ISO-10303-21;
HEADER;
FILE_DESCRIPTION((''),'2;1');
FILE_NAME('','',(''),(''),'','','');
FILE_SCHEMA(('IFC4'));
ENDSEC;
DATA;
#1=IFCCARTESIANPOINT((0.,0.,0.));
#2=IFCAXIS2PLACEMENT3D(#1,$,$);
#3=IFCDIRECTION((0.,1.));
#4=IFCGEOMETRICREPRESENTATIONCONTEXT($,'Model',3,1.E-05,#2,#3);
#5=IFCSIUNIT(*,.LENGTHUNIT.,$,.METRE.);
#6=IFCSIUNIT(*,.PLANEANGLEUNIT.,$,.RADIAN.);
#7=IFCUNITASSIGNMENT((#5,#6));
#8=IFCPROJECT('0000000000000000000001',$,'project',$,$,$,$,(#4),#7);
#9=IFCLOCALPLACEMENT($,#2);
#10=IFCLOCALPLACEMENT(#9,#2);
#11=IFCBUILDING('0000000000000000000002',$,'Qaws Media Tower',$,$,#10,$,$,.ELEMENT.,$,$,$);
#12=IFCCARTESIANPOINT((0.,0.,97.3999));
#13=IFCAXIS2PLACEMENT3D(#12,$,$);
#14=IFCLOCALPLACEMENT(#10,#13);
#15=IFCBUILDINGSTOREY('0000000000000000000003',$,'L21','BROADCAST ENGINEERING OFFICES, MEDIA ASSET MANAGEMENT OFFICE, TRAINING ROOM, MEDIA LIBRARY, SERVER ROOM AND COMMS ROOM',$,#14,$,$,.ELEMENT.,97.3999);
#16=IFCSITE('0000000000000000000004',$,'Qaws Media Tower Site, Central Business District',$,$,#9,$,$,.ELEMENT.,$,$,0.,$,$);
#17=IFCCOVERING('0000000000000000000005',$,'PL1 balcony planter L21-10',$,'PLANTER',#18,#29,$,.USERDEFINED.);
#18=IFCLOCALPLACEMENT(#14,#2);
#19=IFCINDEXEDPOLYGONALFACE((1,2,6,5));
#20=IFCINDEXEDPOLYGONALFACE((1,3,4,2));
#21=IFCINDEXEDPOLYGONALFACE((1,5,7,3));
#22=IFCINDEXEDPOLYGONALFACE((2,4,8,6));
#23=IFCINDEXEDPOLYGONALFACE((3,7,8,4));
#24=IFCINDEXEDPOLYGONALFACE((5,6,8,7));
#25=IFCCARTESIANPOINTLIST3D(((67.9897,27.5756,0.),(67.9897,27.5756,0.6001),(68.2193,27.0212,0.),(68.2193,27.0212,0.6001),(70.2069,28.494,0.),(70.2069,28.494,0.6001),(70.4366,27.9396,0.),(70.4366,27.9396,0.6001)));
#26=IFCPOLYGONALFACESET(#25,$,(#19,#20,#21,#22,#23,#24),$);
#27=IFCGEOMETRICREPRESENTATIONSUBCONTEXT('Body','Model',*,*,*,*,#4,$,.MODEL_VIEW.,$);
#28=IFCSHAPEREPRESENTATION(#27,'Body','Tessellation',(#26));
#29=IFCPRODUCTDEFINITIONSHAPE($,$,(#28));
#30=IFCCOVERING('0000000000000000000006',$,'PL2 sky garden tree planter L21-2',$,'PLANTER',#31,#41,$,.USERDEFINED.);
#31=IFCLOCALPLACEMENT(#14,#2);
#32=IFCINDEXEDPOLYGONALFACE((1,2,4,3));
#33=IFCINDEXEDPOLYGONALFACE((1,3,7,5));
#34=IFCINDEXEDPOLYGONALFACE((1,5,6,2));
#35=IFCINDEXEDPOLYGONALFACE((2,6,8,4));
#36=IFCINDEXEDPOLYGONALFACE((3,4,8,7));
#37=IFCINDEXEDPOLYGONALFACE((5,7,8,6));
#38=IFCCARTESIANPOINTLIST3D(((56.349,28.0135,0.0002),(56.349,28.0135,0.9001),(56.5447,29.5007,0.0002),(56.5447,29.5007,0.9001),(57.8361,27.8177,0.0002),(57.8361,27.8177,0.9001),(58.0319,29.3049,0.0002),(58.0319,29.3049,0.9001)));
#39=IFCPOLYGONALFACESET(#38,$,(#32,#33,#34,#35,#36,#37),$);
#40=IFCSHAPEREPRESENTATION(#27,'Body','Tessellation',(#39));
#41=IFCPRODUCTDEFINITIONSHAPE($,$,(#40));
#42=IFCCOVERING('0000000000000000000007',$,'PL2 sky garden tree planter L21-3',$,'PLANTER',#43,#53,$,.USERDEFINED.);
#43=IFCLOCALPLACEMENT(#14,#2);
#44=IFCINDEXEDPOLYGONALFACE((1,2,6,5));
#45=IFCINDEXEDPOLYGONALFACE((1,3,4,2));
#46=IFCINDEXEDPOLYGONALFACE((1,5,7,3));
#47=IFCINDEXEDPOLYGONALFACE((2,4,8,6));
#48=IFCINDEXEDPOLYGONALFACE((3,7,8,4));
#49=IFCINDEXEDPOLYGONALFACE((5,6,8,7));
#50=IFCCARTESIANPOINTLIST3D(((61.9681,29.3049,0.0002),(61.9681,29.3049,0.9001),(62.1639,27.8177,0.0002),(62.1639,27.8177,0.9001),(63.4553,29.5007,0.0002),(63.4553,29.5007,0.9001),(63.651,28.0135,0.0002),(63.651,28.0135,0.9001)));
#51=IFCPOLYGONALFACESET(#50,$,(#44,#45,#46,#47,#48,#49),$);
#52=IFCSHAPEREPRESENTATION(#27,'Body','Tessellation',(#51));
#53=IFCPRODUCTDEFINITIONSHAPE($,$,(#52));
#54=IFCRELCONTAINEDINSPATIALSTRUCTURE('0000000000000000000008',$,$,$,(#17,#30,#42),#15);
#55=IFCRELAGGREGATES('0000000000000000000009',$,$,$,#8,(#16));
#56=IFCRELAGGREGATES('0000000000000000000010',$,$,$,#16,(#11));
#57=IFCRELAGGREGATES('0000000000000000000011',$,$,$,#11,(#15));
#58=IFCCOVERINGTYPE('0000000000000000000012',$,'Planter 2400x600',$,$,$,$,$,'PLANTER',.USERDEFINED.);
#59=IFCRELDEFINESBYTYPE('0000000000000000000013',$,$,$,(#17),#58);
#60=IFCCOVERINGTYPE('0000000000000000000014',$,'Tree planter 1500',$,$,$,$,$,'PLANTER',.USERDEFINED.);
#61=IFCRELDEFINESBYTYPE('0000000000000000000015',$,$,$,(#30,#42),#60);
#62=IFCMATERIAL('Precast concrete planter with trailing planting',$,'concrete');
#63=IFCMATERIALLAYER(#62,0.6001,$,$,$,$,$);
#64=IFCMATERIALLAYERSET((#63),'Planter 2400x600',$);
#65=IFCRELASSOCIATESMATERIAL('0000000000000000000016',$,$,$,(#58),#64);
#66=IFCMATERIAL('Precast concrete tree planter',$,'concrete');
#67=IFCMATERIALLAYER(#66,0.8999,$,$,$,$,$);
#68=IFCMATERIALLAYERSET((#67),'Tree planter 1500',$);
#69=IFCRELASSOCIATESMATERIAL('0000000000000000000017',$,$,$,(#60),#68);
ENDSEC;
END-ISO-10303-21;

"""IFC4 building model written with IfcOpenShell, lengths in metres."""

from ifc_helpers import new_model, si_unit, direction, frame, origin, origin_2d, place, context, subcontext, project, spatial, rectangle, extrude, material, layer, layer_set, type_object, element, save


model = new_model("IFC4")

# Units and contexts
model_context = context("Model", 3, precision=1e-05, world=origin(), true_north=direction((0.0, 1.0)))
body_context = subcontext(model_context, "Body", "Model", "MODEL_VIEW")
ifc_project = project(units=[si_unit("LENGTHUNIT", "METRE"), si_unit("PLANEANGLEUNIT", "RADIAN")], contexts=[model_context])

# Site, building, storey
site_placement = place(None, origin())
site = spatial("IfcSite", under=ifc_project, at=site_placement, Name="Qaws Media Tower Site, Central Business District", CompositionType="ELEMENT", RefElevation=0.0)
building_placement = place(site_placement, origin())
building = spatial("IfcBuilding", under=site, at=building_placement, Name="Qaws Media Tower", CompositionType="ELEMENT")
storey_placement = place(building_placement, frame((0.0, 0.0, 97.3999)))
storey = spatial("IfcBuildingStorey", under=building, at=storey_placement, Name="L21", Description="BROADCAST ENGINEERING OFFICES, MEDIA ASSET MANAGEMENT OFFICE, TRAINING ROOM, MEDIA LIBRARY, SERVER ROOM AND COMMS ROOM", CompositionType="ELEMENT", Elevation=97.3999)

# Coverings
ifc_material_1 = material(Name="Precast concrete planter with trailing planting", Category="concrete")
ifc_layer_1 = layer(ifc_material_1, 0.6001)
ifc_layer_set_1 = layer_set([ifc_layer_1], Name="Planter 2400x600")
covering_type_1 = type_object("IfcCoveringType", Name="Planter 2400x600", ElementType="PLANTER", PredefinedType="USERDEFINED", material=ifc_layer_set_1)
covering_placement = place(storey_placement, frame((69.2131, 27.7576, 0.0), z_axis=(0.0, 0.0, 1.0), x_axis=(0.92388, 0.382683, 0.0)))
element("IfcCovering", 1, at=covering_placement, inside=storey, type_object=covering_type_1, Name="PL1 balcony planter L21-10", ObjectType="PLANTER", PredefinedType="USERDEFINED", context=body_context, shape_type="SweptSolid", body=[
    extrude(rectangle(XDim=2.3999, YDim=0.6001, at=origin_2d()), origin(), (0.0, 0.0, 1.0), 0.6001),
])
ifc_material_2 = material(Name="Precast concrete tree planter", Category="concrete")
ifc_layer_2 = layer(ifc_material_2, 0.8999)
ifc_layer_set_2 = layer_set([ifc_layer_2], Name="Tree planter 1500")
covering_type_2 = type_object("IfcCoveringType", Name="Tree planter 1500", ElementType="PLANTER", PredefinedType="USERDEFINED", material=ifc_layer_set_2)
for number, where, z_axis, x_axis, name in (
    (2, (57.1904, 28.6592, 0.0002), (0.0, 0.0, 1.0), (-0.130526, -0.991445, 0.0), "PL2 sky garden tree planter L21-2"),
    (3, (62.8096, 28.6592, 0.0002), (0.0, 0.0, 1.0), (0.130526, -0.991445, 0.0), "PL2 sky garden tree planter L21-3"),
):
    element("IfcCovering", number, at=place(storey_placement, frame(where, z_axis=z_axis, x_axis=x_axis)), inside=storey, type_object=covering_type_2, Name=name, ObjectType="PLANTER", PredefinedType="USERDEFINED", context=body_context, shape_type="SweptSolid", body=[
        extrude(rectangle(XDim=1.5, YDim=1.5, at=origin_2d()), origin(), (0.0, 0.0, 1.0), 0.8999),
    ])

save(model, "model.ifc")
